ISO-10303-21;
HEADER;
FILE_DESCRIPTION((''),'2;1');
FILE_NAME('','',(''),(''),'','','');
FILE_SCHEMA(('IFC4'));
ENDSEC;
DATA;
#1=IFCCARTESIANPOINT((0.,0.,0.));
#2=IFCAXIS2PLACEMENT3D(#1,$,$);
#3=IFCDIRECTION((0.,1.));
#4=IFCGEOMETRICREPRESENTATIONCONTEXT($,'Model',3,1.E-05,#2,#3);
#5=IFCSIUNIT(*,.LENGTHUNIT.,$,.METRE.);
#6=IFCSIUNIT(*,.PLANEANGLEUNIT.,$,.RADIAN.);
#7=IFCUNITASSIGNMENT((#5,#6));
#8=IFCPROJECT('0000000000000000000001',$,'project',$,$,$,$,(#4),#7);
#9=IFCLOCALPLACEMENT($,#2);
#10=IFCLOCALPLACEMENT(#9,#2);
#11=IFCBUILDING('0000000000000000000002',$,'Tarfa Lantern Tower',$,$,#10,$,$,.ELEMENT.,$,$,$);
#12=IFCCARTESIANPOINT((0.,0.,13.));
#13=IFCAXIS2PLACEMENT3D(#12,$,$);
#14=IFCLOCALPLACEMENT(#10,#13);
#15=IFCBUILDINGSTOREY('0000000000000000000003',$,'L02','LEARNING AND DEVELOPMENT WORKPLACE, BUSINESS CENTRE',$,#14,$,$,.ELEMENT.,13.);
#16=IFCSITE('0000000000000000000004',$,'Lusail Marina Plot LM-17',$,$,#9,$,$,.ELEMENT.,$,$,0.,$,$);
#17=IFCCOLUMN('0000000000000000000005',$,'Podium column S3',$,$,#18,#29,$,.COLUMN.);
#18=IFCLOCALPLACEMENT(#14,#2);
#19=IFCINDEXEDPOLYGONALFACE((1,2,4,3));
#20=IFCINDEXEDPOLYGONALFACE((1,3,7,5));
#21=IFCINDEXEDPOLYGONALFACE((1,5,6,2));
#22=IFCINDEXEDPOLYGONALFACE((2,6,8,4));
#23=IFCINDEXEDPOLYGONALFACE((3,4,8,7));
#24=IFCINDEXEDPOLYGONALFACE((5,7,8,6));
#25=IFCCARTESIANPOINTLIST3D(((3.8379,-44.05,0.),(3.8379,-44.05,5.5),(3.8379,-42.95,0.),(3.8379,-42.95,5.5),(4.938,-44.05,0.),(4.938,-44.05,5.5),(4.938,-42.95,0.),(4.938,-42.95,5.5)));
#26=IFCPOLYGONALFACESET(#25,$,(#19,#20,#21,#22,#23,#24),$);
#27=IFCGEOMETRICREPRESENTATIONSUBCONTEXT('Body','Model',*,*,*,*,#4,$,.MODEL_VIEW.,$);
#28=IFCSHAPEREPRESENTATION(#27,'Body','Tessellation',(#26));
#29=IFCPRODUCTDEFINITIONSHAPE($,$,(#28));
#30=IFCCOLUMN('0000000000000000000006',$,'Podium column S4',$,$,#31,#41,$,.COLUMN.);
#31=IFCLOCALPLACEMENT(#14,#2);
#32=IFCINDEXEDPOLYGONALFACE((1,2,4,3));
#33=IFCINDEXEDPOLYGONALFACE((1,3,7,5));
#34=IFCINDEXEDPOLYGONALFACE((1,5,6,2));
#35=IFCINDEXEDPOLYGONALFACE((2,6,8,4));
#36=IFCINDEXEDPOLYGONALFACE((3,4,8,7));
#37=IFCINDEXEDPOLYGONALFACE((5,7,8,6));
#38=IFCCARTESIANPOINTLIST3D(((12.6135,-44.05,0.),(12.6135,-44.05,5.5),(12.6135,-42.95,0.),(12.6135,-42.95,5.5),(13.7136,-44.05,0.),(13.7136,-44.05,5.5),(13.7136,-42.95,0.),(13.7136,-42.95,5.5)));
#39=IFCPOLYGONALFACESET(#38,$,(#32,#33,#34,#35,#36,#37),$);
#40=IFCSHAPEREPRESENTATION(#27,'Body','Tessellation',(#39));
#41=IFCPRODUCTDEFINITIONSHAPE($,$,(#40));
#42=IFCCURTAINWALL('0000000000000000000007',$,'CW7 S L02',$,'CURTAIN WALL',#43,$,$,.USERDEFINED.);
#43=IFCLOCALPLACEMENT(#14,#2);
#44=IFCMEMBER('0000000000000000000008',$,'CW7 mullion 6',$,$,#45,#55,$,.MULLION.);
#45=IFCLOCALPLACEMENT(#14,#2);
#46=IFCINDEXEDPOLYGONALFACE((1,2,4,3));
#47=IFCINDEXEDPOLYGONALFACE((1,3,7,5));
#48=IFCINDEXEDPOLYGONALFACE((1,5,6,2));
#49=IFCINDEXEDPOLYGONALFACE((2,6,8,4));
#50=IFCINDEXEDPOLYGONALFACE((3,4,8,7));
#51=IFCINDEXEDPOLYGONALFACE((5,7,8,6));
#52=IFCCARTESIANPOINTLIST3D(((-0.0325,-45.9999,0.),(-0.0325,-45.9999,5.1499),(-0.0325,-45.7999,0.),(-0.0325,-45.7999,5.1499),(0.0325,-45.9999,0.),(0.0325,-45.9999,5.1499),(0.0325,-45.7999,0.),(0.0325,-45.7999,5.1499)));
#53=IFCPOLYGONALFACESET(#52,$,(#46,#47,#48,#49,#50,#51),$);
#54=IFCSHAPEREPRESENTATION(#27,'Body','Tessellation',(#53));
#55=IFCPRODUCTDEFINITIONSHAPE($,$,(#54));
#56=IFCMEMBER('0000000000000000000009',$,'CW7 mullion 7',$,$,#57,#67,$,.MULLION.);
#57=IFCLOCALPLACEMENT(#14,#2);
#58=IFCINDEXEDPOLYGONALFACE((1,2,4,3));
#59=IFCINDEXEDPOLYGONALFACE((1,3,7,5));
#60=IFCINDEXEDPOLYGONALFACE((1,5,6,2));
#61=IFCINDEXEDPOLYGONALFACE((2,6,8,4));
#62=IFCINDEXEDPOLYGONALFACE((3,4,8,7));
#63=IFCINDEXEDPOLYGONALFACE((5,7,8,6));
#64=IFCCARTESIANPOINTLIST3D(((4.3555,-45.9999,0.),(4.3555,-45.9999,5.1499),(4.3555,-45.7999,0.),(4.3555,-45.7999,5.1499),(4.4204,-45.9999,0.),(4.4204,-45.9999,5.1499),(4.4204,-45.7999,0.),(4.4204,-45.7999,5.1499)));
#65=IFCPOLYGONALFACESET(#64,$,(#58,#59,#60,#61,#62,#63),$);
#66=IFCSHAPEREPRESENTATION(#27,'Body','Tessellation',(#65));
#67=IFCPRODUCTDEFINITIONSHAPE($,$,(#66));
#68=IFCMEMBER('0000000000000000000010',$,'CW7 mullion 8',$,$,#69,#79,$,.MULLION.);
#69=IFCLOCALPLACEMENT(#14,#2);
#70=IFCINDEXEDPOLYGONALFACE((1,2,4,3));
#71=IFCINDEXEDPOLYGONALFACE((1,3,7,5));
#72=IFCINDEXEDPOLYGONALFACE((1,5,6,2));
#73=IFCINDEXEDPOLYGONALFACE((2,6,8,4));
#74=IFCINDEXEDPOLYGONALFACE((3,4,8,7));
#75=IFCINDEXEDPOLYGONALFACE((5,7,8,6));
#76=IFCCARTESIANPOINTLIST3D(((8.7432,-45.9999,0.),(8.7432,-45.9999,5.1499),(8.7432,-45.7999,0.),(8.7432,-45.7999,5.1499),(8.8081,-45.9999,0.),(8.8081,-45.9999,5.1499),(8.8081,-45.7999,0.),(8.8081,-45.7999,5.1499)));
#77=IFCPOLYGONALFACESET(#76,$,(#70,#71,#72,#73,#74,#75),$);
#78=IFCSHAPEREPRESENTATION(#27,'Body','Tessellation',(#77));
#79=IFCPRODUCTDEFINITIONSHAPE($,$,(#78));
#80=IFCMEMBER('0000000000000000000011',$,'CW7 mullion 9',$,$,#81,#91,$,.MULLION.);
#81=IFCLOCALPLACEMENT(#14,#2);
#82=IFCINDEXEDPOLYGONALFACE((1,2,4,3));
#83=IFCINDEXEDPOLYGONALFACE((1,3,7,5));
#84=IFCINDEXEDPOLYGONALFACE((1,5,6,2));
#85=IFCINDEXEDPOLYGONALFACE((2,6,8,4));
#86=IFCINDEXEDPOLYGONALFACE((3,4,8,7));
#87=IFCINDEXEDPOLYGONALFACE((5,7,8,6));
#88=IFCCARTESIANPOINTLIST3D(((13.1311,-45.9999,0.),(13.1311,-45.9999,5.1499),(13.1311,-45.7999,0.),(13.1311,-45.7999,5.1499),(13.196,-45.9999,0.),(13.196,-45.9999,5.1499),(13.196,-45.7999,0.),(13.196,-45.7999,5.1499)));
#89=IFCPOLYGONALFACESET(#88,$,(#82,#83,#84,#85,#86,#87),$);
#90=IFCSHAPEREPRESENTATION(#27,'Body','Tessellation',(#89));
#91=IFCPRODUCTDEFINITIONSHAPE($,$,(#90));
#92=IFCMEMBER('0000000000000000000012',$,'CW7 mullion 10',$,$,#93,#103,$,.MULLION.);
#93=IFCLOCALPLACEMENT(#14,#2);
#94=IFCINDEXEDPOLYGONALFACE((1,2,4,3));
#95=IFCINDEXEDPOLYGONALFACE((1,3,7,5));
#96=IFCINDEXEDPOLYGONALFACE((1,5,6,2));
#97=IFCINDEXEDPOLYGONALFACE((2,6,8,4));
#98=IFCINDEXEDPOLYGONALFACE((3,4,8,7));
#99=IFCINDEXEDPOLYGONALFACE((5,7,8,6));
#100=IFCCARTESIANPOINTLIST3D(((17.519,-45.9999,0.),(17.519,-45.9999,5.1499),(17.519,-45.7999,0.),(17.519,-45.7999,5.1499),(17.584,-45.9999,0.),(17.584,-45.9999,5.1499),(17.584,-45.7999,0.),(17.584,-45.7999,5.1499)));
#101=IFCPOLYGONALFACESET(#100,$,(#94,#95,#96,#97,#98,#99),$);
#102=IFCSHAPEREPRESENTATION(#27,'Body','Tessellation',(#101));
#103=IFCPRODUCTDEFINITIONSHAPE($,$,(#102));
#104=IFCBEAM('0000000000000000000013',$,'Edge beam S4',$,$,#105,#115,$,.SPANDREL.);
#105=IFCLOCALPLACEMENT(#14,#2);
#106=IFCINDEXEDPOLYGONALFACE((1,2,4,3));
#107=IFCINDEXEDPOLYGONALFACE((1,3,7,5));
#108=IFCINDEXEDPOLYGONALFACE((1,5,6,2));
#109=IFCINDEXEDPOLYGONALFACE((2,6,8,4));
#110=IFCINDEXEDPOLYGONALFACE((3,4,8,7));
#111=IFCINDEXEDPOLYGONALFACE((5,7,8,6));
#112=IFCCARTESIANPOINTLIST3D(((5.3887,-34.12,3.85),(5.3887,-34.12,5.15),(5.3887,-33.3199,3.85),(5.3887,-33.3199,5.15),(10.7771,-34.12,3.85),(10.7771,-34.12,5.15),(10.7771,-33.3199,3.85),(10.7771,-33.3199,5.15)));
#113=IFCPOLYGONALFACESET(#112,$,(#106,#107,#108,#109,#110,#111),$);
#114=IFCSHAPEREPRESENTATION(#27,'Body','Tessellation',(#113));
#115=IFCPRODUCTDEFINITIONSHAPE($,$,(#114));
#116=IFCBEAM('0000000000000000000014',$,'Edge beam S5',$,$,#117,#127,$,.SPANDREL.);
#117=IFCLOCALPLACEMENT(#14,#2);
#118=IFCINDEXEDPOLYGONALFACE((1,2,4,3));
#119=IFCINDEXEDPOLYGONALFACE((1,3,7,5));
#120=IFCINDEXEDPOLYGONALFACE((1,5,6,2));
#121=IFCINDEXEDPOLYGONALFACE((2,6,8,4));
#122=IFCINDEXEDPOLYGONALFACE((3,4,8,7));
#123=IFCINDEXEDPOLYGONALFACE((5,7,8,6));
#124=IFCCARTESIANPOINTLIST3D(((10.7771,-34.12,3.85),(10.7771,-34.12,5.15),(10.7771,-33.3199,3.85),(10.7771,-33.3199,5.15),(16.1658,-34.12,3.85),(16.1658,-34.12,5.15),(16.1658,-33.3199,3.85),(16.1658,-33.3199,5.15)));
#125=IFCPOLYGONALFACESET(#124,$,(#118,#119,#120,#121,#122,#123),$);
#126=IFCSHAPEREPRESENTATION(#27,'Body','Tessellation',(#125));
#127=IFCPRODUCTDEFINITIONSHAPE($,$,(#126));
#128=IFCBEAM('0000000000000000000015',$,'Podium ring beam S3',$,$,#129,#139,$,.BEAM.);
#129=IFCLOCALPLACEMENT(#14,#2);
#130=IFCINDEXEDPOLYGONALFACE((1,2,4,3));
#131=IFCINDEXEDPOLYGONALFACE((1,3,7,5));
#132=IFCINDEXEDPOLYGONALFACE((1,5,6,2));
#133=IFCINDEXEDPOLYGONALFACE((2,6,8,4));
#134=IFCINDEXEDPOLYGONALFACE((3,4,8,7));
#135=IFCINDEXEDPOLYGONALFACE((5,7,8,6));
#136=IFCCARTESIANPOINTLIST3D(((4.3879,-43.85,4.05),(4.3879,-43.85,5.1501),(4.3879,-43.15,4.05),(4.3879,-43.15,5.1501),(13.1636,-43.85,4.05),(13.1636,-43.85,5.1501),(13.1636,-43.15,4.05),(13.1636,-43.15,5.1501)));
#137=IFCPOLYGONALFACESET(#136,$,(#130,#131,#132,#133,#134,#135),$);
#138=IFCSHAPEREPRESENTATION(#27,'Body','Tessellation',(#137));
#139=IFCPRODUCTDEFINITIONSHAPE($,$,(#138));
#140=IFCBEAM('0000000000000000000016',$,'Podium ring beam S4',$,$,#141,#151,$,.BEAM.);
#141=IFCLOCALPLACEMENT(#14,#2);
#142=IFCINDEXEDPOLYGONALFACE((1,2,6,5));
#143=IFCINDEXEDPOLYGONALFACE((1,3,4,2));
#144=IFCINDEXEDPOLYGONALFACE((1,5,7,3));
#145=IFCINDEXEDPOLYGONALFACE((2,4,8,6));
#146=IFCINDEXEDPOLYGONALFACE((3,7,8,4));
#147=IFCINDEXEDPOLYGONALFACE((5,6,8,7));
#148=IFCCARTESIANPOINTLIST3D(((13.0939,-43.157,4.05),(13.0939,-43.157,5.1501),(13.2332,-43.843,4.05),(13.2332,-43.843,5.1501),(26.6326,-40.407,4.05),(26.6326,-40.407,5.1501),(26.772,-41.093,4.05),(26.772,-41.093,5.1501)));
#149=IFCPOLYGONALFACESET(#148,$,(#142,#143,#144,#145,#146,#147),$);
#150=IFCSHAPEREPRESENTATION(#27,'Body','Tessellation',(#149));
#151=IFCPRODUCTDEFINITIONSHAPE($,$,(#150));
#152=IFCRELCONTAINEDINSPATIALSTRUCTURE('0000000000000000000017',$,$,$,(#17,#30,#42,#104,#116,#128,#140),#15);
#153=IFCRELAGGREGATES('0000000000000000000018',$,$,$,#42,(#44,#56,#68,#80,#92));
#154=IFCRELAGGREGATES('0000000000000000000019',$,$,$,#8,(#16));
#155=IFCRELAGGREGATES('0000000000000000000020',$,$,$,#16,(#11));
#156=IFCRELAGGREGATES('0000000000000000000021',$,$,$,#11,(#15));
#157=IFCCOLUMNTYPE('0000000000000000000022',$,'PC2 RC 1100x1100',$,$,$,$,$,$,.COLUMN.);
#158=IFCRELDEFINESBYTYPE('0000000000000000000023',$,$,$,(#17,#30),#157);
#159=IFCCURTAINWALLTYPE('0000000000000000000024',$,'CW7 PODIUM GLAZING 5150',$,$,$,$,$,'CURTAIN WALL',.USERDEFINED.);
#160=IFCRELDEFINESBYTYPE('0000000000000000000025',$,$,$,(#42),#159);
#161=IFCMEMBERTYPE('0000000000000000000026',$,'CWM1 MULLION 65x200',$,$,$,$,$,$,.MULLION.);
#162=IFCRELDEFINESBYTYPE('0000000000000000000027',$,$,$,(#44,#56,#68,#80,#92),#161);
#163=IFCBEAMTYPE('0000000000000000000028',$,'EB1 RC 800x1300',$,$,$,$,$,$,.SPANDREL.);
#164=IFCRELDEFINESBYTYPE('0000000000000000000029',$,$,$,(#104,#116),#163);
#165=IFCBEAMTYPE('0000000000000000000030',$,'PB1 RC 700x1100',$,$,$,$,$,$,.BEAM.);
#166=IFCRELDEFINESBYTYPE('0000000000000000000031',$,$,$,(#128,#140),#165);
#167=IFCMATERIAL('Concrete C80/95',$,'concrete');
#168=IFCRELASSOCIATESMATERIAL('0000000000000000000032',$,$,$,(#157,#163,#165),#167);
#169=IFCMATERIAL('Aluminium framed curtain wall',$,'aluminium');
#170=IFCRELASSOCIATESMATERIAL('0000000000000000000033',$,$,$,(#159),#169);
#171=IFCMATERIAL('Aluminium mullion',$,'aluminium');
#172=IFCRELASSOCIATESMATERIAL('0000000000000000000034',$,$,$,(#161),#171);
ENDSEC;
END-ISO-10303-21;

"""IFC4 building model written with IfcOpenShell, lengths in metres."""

from ifc_helpers import new_model, si_unit, direction, frame, origin, origin_2d, place, context, subcontext, project, spatial, rectangle, extrude, material, material_profile, profile_set, type_object, element, aggregate, save


model = new_model("IFC4")

# Units and contexts
model_context = context("Model", 3, precision=1e-05, world=origin(), true_north=direction((0.0, 1.0)))
body_context = subcontext(model_context, "Body", "Model", "MODEL_VIEW")
ifc_project = project(units=[si_unit("LENGTHUNIT", "METRE"), si_unit("PLANEANGLEUNIT", "RADIAN")], contexts=[model_context])

# Site, building, storey
site_placement = place(None, origin())
site = spatial("IfcSite", under=ifc_project, at=site_placement, Name="Lusail Marina Plot LM-17", CompositionType="ELEMENT", RefElevation=0.0)
building_placement = place(site_placement, origin())
building = spatial("IfcBuilding", under=site, at=building_placement, Name="Tarfa Lantern Tower", CompositionType="ELEMENT")
storey_placement = place(building_placement, frame((0.0, 0.0, 13.0)))
storey = spatial("IfcBuildingStorey", under=building, at=storey_placement, Name="L02", Description="LEARNING AND DEVELOPMENT WORKPLACE, BUSINESS CENTRE", CompositionType="ELEMENT", Elevation=13.0)

# Columns
ifc_material_1 = material(Name="Concrete C80/95", Category="concrete")
ifc_material_profile_1 = material_profile(ifc_material_1, rectangle(XDim=1.1001, YDim=1.1001, at=origin_2d()), Name="RC 1100x1100")
ifc_profile_set_1 = profile_set([ifc_material_profile_1], Name="Concrete C80/95")
column_type = type_object("IfcColumnType", Name="PC2 RC 1100x1100", PredefinedType="COLUMN", material=ifc_profile_set_1)
for number, where, z_axis, x_axis, name in (
    (1, (4.3879, -43.5, 0.0), (0.0, 0.0, 1.0), (1.0, 0.0, 0.0), "Podium column S3"),
    (2, (13.1636, -43.5, 0.0), (0.0, 0.0, 1.0), (1.0, 0.0, 0.0), "Podium column S4"),
):
    element("IfcColumn", number, at=place(storey_placement, frame(where, z_axis=z_axis, x_axis=x_axis)), inside=storey, type_object=column_type, Name=name, PredefinedType="COLUMN", context=body_context, shape_type="SweptSolid", body=[
        extrude(rectangle(XDim=1.1001, YDim=1.1001, at=origin_2d()), origin(), (0.0, 0.0, 1.0), 5.5),
    ])

# Curtain wall, members
ifc_material_2 = material(Name="Aluminium framed curtain wall", Category="aluminium")
curtain_wall_type = type_object("IfcCurtainWallType", Name="CW7 PODIUM GLAZING 5150", ElementType="CURTAIN WALL", PredefinedType="USERDEFINED", material=ifc_material_2)
curtain_wall_placement = place(storey_placement, origin())
curtain_wall = element("IfcCurtainWall", 3, at=curtain_wall_placement, inside=storey, type_object=curtain_wall_type, Name="CW7 S L02", ObjectType="CURTAIN WALL", PredefinedType="USERDEFINED")
ifc_material_3 = material(Name="Aluminium mullion", Category="aluminium")
ifc_material_profile_2 = material_profile(ifc_material_3, rectangle(XDim=0.0649, YDim=0.2, at=origin_2d()), Name="AL MULLION 65x200")
ifc_profile_set_2 = profile_set([ifc_material_profile_2], Name="Aluminium mullion")
member_type = type_object("IfcMemberType", Name="CWM1 MULLION 65x200", PredefinedType="MULLION", material=ifc_profile_set_2)
member_1_placement = place(storey_placement, frame((0.0, -45.8999, 0.0), z_axis=(0.0, 0.0, 1.0), x_axis=(1.0, 0.0, 0.0)))
member_1 = element("IfcMember", 4, at=member_1_placement, type_object=member_type, Name="CW7 mullion 6", PredefinedType="MULLION", context=body_context, shape_type="SweptSolid", body=[
    extrude(rectangle(XDim=0.0649, YDim=0.2, at=origin_2d()), origin(), (0.0, 0.0, 1.0), 5.1499),
])
member_2_placement = place(storey_placement, frame((4.3879, -45.8999, 0.0), z_axis=(0.0, 0.0, 1.0), x_axis=(1.0, 0.0, 0.0)))
member_2 = element("IfcMember", 5, at=member_2_placement, type_object=member_type, Name="CW7 mullion 7", PredefinedType="MULLION", context=body_context, shape_type="SweptSolid", body=[
    extrude(rectangle(XDim=0.0649, YDim=0.2, at=origin_2d()), origin(), (0.0, 0.0, 1.0), 5.1499),
])
member_3_placement = place(storey_placement, frame((8.7756, -45.8999, 0.0), z_axis=(0.0, 0.0, 1.0), x_axis=(1.0, 0.0, 0.0)))
member_3 = element("IfcMember", 6, at=member_3_placement, type_object=member_type, Name="CW7 mullion 8", PredefinedType="MULLION", context=body_context, shape_type="SweptSolid", body=[
    extrude(rectangle(XDim=0.0649, YDim=0.2, at=origin_2d()), origin(), (0.0, 0.0, 1.0), 5.1499),
])
member_4_placement = place(storey_placement, frame((13.1636, -45.8999, 0.0), z_axis=(0.0, 0.0, 1.0), x_axis=(1.0, 0.0, 0.0)))
member_4 = element("IfcMember", 7, at=member_4_placement, type_object=member_type, Name="CW7 mullion 9", PredefinedType="MULLION", context=body_context, shape_type="SweptSolid", body=[
    extrude(rectangle(XDim=0.0649, YDim=0.2, at=origin_2d()), origin(), (0.0, 0.0, 1.0), 5.1499),
])
member_5_placement = place(storey_placement, frame((17.5515, -45.8999, 0.0), z_axis=(0.0, 0.0, 1.0), x_axis=(1.0, 0.0, 0.0)))
member_5 = element("IfcMember", 8, at=member_5_placement, type_object=member_type, Name="CW7 mullion 10", PredefinedType="MULLION", context=body_context, shape_type="SweptSolid", body=[
    extrude(rectangle(XDim=0.0649, YDim=0.2, at=origin_2d()), origin(), (0.0, 0.0, 1.0), 5.1499),
])

# Beams
ifc_material_profile_3 = material_profile(ifc_material_1, rectangle(XDim=0.8, YDim=1.3, at=origin_2d()), Name="RC 800x1300")
ifc_profile_set_3 = profile_set([ifc_material_profile_3], Name="Concrete C80/95")
beam_type_1 = type_object("IfcBeamType", Name="EB1 RC 800x1300", PredefinedType="SPANDREL", material=ifc_profile_set_3)
beam_1_placement = place(storey_placement, frame((5.3887, -33.72, 4.5), z_axis=(1.0, 0.0, 0.0), x_axis=(0.0, 1.0, 0.0)))
element("IfcBeam", 9, at=beam_1_placement, inside=storey, type_object=beam_type_1, Name="Edge beam S4", PredefinedType="SPANDREL", context=body_context, shape_type="SweptSolid", body=[
    extrude(rectangle(XDim=0.8, YDim=1.3, at=origin_2d()), origin(), (0.0, 0.0, 1.0), 5.3884),
])
beam_2_placement = place(storey_placement, frame((10.7771, -33.72, 4.5), z_axis=(1.0, 0.0, 0.0), x_axis=(0.0, 1.0, 0.0)))
element("IfcBeam", 10, at=beam_2_placement, inside=storey, type_object=beam_type_1, Name="Edge beam S5", PredefinedType="SPANDREL", context=body_context, shape_type="SweptSolid", body=[
    extrude(rectangle(XDim=0.8, YDim=1.3, at=origin_2d()), origin(), (0.0, 0.0, 1.0), 5.3887),
])
ifc_material_profile_4 = material_profile(ifc_material_1, rectangle(XDim=0.7, YDim=1.1001, at=origin_2d()), Name="RC 700x1100")
ifc_profile_set_4 = profile_set([ifc_material_profile_4], Name="Concrete C80/95")
beam_type_2 = type_object("IfcBeamType", Name="PB1 RC 700x1100", PredefinedType="BEAM", material=ifc_profile_set_4)
beam_3_placement = place(storey_placement, frame((4.3879, -43.5, 4.6001), z_axis=(1.0, 0.0, 0.0), x_axis=(0.0, 1.0, 0.0)))
element("IfcBeam", 11, at=beam_3_placement, inside=storey, type_object=beam_type_2, Name="Podium ring beam S3", PredefinedType="BEAM", context=body_context, shape_type="SweptSolid", body=[
    extrude(rectangle(XDim=0.7, YDim=1.1001, at=origin_2d()), origin(), (0.0, 0.0, 1.0), 8.7756),
])
beam_4_placement = place(storey_placement, frame((13.1636, -43.5, 4.6001), z_axis=(0.979988, 0.199055, 0.0), x_axis=(-0.199055, 0.979988, 0.0)))
element("IfcBeam", 12, at=beam_4_placement, inside=storey, type_object=beam_type_2, Name="Podium ring beam S4", PredefinedType="BEAM", context=body_context, shape_type="SweptSolid", body=[
    extrude(rectangle(XDim=0.7, YDim=1.1001, at=origin_2d()), origin(), (0.0, 0.0, 1.0), 13.8152),
])

aggregate(curtain_wall, [member_1, member_2, member_3, member_4, member_5])

save(model, "model.ifc")
